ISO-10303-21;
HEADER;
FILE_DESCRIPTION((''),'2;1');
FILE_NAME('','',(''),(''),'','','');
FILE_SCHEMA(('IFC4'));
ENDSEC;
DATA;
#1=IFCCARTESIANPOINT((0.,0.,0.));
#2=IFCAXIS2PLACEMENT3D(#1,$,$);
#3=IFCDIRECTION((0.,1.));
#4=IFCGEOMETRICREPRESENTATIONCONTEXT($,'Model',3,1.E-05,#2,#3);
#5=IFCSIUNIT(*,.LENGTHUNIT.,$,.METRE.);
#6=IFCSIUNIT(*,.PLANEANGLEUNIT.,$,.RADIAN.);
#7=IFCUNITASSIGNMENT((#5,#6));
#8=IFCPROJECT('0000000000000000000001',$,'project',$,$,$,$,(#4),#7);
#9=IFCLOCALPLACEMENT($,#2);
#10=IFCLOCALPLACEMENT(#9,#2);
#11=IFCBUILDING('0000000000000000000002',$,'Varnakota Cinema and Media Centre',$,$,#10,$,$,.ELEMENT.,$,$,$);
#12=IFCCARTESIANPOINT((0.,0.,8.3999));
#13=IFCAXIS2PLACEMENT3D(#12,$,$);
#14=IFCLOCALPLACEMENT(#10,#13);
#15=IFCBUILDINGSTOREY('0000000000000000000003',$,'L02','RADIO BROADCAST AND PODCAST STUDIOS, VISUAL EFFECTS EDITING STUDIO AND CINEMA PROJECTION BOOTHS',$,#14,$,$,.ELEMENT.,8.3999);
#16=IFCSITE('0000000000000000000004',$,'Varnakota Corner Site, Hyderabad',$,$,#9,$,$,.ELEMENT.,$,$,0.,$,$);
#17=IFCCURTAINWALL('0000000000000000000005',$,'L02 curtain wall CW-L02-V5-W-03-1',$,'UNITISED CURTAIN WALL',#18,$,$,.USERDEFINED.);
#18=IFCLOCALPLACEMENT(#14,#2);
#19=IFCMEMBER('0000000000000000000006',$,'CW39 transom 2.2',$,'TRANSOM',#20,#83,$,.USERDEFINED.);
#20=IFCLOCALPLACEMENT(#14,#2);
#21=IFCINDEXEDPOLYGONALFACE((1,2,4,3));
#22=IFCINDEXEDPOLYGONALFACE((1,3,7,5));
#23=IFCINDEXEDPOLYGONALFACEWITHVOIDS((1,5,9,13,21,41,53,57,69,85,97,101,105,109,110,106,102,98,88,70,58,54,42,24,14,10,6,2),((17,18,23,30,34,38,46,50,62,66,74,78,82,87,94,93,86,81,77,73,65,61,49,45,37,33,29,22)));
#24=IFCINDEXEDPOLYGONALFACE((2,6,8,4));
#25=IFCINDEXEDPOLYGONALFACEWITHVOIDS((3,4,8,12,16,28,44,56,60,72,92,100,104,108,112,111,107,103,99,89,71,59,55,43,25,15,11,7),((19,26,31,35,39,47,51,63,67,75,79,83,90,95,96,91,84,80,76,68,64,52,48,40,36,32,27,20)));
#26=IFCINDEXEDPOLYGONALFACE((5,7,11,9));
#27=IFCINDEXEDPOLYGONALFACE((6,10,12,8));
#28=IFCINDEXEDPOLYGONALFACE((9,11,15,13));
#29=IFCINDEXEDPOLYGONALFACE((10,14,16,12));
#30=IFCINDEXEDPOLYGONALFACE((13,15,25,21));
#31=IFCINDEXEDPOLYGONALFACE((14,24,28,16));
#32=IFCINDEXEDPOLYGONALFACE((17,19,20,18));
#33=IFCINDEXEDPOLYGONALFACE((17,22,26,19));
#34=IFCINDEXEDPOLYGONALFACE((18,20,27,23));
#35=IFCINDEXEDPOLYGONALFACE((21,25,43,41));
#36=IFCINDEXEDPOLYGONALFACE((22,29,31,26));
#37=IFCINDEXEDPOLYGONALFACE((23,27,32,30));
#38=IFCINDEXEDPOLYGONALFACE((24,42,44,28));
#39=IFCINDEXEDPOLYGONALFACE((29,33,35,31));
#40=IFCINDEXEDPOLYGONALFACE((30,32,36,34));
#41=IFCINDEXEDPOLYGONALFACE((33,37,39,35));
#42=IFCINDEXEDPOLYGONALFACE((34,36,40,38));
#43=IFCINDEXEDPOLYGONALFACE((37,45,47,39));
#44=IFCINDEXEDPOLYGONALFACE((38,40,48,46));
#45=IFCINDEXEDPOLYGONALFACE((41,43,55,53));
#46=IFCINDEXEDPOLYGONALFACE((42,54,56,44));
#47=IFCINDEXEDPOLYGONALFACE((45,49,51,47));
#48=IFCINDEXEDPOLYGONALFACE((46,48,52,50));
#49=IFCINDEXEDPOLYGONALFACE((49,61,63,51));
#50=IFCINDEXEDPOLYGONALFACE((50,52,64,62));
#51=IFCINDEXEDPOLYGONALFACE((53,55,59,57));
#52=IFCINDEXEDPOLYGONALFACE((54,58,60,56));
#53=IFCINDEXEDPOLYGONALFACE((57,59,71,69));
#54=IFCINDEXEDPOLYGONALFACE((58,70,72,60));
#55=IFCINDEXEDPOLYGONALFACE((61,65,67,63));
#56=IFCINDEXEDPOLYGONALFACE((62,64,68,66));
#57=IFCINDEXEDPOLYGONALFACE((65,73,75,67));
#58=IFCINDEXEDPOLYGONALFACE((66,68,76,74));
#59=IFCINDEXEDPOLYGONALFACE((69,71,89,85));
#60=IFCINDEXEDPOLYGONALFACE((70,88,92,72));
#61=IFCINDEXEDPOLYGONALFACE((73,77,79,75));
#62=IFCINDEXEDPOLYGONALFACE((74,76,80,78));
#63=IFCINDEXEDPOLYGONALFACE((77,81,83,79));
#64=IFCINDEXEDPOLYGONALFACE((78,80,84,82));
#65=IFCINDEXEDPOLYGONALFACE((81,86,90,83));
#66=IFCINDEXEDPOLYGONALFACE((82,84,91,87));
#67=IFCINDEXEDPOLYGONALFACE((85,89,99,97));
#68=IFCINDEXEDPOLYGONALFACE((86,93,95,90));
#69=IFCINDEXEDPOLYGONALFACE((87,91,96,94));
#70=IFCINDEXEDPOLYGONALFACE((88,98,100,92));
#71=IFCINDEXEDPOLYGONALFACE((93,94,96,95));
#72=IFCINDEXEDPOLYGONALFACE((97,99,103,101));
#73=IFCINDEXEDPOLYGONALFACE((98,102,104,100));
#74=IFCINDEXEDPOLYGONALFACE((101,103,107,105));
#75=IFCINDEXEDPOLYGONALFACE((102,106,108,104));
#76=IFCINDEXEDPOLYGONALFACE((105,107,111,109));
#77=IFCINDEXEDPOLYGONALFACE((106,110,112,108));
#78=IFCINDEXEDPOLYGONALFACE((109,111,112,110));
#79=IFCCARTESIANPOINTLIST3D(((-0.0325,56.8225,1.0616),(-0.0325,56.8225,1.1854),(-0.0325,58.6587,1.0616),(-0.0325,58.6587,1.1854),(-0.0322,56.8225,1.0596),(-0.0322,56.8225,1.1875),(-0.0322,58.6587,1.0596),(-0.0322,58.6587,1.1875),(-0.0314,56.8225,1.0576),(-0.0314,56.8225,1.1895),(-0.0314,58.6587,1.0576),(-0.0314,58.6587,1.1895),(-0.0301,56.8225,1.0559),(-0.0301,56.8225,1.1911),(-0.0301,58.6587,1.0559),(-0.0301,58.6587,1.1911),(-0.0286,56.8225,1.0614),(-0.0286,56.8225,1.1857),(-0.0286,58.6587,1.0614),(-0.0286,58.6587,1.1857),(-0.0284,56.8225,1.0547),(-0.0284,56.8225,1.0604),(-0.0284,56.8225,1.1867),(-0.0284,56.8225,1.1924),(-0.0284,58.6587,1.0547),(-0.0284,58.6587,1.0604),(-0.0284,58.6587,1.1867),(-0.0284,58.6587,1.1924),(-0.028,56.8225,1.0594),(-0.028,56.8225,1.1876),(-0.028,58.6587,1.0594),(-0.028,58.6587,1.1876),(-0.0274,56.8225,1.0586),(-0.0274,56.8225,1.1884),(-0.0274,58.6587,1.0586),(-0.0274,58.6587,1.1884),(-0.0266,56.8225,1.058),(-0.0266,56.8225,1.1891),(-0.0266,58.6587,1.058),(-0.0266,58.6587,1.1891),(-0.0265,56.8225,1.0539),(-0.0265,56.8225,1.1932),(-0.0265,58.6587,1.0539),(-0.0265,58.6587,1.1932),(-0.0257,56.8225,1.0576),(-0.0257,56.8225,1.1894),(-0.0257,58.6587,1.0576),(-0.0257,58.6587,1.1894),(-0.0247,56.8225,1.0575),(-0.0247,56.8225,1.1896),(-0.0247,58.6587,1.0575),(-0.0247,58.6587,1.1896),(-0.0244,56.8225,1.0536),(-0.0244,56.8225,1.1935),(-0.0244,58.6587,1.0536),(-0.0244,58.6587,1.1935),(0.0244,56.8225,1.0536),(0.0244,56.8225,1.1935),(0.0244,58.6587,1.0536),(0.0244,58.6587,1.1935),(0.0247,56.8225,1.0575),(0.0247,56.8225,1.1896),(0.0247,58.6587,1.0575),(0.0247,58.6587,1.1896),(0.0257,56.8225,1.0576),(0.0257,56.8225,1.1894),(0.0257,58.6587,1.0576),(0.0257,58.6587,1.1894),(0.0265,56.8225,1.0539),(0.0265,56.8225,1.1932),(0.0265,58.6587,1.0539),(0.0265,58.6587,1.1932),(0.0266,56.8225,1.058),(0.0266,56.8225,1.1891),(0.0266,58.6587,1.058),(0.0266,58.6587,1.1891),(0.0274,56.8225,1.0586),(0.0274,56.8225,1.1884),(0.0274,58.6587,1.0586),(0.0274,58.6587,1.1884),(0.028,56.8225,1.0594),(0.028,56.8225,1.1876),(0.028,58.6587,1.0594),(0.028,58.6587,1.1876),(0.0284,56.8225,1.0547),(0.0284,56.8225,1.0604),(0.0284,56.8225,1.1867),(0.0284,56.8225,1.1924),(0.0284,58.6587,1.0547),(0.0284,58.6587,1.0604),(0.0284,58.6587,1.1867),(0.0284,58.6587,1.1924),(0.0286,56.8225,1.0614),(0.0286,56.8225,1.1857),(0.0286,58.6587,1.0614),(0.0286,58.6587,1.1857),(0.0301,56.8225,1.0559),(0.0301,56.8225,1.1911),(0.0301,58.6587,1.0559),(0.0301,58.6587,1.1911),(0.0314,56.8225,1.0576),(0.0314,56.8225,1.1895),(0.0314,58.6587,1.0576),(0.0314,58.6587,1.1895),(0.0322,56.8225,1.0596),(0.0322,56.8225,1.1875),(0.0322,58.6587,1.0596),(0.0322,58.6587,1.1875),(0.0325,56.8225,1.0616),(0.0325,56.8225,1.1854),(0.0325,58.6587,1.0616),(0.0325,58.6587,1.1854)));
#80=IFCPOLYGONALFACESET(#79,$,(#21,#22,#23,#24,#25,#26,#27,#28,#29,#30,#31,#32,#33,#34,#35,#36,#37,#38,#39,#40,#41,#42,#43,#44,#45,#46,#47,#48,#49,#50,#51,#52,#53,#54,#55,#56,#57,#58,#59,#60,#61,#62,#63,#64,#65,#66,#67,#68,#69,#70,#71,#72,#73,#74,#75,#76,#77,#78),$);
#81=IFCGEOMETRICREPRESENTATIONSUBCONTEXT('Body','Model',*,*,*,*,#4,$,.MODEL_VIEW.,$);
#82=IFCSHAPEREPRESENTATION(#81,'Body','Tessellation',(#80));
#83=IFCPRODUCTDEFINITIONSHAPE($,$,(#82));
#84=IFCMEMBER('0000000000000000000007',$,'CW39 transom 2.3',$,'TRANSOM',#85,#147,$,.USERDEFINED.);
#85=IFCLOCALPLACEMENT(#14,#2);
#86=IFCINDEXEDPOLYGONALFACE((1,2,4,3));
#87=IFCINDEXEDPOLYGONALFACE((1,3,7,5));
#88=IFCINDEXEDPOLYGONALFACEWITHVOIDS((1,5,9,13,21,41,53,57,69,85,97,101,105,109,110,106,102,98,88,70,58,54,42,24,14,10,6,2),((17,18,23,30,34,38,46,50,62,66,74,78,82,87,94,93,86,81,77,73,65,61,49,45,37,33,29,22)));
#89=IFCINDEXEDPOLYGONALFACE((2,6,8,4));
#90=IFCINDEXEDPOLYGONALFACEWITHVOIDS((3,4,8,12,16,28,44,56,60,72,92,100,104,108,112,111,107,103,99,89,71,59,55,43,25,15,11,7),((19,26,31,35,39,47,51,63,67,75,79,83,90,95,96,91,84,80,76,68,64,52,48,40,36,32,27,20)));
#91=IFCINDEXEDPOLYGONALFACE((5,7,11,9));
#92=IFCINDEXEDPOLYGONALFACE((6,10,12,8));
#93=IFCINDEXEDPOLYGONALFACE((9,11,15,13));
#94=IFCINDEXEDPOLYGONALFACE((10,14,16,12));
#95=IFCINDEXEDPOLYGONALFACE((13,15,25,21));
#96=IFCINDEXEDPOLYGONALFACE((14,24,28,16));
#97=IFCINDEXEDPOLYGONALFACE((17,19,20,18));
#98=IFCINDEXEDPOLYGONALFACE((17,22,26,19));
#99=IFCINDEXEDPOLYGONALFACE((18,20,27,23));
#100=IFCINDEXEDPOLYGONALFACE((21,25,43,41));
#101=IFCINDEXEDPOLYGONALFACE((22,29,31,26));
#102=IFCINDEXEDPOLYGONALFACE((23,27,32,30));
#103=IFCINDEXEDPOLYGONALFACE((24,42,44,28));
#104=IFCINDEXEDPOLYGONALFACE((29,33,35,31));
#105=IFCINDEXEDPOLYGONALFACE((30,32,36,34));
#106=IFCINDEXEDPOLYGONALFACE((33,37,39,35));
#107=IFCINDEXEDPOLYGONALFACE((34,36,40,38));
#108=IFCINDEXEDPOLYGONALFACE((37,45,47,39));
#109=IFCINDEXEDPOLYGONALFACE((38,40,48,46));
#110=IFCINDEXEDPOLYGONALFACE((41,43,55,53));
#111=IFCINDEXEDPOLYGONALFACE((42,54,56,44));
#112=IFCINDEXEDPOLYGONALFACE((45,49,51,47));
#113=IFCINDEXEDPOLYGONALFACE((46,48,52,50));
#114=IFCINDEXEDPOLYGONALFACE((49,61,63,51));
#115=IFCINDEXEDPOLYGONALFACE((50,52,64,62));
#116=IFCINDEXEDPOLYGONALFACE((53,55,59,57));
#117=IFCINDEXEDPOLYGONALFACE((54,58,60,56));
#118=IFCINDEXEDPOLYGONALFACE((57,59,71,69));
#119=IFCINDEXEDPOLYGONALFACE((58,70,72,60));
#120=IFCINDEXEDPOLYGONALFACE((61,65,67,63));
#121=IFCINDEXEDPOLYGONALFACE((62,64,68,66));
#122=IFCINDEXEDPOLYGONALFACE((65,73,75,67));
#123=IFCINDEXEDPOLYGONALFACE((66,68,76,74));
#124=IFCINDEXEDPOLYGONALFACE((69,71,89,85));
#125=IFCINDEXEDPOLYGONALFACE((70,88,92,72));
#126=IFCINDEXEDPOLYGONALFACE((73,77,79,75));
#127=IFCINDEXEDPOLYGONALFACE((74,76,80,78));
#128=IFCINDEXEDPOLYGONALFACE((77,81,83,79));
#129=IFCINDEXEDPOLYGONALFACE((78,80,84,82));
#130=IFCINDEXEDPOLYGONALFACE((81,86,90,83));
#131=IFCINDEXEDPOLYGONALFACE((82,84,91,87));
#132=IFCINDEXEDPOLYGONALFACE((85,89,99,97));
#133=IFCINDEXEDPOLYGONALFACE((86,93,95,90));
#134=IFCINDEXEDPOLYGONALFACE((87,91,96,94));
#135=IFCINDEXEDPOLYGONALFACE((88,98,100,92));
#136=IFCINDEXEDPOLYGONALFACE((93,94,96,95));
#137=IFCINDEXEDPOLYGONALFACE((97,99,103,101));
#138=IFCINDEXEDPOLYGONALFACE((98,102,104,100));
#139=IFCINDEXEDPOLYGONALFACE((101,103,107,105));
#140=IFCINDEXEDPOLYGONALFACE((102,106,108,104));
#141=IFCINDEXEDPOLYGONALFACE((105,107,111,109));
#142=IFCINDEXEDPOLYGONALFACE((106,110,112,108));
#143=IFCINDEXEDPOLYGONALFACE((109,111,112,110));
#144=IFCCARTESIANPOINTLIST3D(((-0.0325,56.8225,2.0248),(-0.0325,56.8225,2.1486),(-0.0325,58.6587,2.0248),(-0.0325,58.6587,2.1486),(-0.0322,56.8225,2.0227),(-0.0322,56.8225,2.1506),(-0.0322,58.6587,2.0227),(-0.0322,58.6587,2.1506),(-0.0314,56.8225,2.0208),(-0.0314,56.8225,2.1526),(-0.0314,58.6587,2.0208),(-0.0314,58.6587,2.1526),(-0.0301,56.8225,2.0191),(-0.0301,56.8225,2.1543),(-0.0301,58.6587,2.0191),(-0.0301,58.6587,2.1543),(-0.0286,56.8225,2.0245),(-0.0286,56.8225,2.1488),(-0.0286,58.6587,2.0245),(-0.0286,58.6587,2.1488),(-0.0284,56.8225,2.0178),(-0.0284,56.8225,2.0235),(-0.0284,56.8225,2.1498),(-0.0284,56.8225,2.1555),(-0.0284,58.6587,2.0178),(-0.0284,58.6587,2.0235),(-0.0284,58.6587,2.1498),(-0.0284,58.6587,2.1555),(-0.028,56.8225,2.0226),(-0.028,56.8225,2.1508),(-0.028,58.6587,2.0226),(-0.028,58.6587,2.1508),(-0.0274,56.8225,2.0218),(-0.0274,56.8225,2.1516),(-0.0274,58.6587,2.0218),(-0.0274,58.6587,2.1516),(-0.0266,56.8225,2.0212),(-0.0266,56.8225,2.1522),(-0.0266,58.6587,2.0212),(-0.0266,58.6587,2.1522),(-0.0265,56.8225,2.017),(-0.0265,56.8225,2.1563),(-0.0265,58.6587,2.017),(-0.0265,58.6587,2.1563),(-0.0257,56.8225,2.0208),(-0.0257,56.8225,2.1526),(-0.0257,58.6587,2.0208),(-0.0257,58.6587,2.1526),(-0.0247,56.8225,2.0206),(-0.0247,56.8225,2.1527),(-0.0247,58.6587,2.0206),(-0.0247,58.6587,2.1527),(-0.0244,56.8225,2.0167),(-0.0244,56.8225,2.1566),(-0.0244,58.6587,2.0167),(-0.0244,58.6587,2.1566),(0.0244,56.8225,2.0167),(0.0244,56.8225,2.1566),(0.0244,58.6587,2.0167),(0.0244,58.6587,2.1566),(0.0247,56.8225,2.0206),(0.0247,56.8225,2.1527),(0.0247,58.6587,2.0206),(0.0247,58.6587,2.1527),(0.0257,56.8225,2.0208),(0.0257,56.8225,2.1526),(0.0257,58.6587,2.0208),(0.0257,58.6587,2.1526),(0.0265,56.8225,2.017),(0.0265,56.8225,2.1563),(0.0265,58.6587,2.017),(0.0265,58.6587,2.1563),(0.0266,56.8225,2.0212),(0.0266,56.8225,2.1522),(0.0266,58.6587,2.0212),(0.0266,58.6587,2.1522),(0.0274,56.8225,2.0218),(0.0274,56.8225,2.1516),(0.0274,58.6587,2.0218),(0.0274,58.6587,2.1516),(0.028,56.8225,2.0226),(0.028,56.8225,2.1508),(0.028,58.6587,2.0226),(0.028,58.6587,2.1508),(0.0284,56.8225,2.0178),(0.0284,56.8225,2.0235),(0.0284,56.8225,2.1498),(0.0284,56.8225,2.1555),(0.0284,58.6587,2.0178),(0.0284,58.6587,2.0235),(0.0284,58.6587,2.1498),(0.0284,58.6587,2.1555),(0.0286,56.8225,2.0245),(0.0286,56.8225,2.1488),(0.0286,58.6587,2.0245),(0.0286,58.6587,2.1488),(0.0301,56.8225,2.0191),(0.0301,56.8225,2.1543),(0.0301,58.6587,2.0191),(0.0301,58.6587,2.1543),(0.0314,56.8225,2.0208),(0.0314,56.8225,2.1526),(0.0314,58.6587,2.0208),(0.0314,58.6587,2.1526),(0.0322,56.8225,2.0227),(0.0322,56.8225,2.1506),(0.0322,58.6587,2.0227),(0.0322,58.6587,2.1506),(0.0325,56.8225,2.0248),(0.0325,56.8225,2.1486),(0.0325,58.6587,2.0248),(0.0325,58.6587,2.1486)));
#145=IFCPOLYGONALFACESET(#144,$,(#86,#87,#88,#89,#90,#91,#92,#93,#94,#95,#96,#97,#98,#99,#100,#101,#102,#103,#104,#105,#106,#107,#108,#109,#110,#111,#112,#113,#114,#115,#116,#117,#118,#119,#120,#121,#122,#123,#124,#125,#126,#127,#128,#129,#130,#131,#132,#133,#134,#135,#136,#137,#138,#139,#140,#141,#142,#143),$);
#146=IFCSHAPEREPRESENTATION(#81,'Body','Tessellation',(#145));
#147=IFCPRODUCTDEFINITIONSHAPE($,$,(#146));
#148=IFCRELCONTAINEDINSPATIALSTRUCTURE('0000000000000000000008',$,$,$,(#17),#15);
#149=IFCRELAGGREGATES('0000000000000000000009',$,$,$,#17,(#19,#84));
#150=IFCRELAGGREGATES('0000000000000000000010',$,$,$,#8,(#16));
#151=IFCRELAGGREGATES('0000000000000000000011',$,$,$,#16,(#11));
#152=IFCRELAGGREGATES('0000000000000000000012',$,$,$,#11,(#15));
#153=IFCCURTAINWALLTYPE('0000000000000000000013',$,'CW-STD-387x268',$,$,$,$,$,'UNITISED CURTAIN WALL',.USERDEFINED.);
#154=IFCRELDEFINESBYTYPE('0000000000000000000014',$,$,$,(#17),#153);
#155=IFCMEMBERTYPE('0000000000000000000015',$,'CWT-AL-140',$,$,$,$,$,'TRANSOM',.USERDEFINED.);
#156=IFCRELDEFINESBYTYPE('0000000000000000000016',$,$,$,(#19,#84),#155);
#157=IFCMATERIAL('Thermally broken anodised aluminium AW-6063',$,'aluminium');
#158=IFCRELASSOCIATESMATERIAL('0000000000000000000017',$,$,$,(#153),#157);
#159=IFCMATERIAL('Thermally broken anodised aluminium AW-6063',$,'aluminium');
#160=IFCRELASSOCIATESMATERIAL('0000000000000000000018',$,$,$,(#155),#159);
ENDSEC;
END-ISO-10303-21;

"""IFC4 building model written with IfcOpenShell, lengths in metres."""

from ifc_helpers import new_model, si_unit, direction, frame, origin, origin_2d, place, context, subcontext, project, spatial, hollow_rectangle, extrude, material, material_profile, profile_set, type_object, element, aggregate, save


model = new_model("IFC4")

# Units and contexts
model_context = context("Model", 3, precision=1e-05, world=origin(), true_north=direction((0.0, 1.0)))
body_context = subcontext(model_context, "Body", "Model", "MODEL_VIEW")
ifc_project = project(units=[si_unit("LENGTHUNIT", "METRE"), si_unit("PLANEANGLEUNIT", "RADIAN")], contexts=[model_context])

# Site, building, storey
site_placement = place(None, origin())
site = spatial("IfcSite", under=ifc_project, at=site_placement, Name="Varnakota Corner Site, Hyderabad", CompositionType="ELEMENT", RefElevation=0.0)
building_placement = place(site_placement, origin())
building = spatial("IfcBuilding", under=site, at=building_placement, Name="Varnakota Cinema and Media Centre", CompositionType="ELEMENT")
storey_placement = place(building_placement, frame((0.0, 0.0, 8.3999)))
storey = spatial("IfcBuildingStorey", under=building, at=storey_placement, Name="L02", Description="RADIO BROADCAST AND PODCAST STUDIOS, VISUAL EFFECTS EDITING STUDIO AND CINEMA PROJECTION BOOTHS", CompositionType="ELEMENT", Elevation=8.3999)

# Shared definitions
ifc_material_1 = material(Name="Thermally broken anodised aluminium AW-6063", Category="aluminium")
curtain_wall_type = type_object("IfcCurtainWallType", Name="CW-STD-387x268", ElementType="UNITISED CURTAIN WALL", PredefinedType="USERDEFINED", material=ifc_material_1)

# Curtain wall
curtain_wall_1_placement = place(storey_placement, origin())
curtain_wall_1 = element("IfcCurtainWall", 1, at=curtain_wall_1_placement, inside=storey, type_object=curtain_wall_type, Name="L02 curtain wall CW-L02-V5-W-03-1", ObjectType="UNITISED CURTAIN WALL", PredefinedType="USERDEFINED")

# Members
ifc_material_2 = material(Name="Thermally broken anodised aluminium AW-6063", Category="aluminium")
ifc_material_profile_1 = material_profile(ifc_material_2, hollow_rectangle(XDim=0.0649, YDim=0.1399, WallThickness=0.0039, InnerFilletRadius=0.0039, OuterFilletRadius=0.0081, at=origin_2d()), Name="AL-TRANSOM 140x65x4")
ifc_profile_set_1 = profile_set([ifc_material_profile_1], Name="Thermally broken anodised aluminium AW-6063")
member_type_1 = type_object("IfcMemberType", Name="CWT-AL-140", ElementType="TRANSOM", PredefinedType="USERDEFINED", material=ifc_profile_set_1)
member_1_placement = place(storey_placement, frame((0.0, 58.6587, 1.1235), z_axis=(0.0, -1.0, 0.0), x_axis=(1.0, 0.0, 0.0)))
member_1 = element("IfcMember", 2, at=member_1_placement, type_object=member_type_1, Name="CW39 transom 2.2", ObjectType="TRANSOM", PredefinedType="USERDEFINED", context=body_context, shape_type="SweptSolid", body=[
    extrude(hollow_rectangle(XDim=0.0649, YDim=0.1399, WallThickness=0.0039, InnerFilletRadius=0.0039, OuterFilletRadius=0.0081, at=origin_2d()), origin(), (0.0, 0.0, 1.0), 1.8362),
])
member_2_placement = place(storey_placement, frame((0.0, 58.6587, 2.0867), z_axis=(0.0, -1.0, 0.0), x_axis=(1.0, 0.0, 0.0)))
member_2 = element("IfcMember", 3, at=member_2_placement, type_object=member_type_1, Name="CW39 transom 2.3", ObjectType="TRANSOM", PredefinedType="USERDEFINED", context=body_context, shape_type="SweptSolid", body=[
    extrude(hollow_rectangle(XDim=0.0649, YDim=0.1399, WallThickness=0.0039, InnerFilletRadius=0.0039, OuterFilletRadius=0.0081, at=origin_2d()), origin(), (0.0, 0.0, 1.0), 1.8362),
])

aggregate(curtain_wall_1, [member_1, member_2])

save(model, "model.ifc")
